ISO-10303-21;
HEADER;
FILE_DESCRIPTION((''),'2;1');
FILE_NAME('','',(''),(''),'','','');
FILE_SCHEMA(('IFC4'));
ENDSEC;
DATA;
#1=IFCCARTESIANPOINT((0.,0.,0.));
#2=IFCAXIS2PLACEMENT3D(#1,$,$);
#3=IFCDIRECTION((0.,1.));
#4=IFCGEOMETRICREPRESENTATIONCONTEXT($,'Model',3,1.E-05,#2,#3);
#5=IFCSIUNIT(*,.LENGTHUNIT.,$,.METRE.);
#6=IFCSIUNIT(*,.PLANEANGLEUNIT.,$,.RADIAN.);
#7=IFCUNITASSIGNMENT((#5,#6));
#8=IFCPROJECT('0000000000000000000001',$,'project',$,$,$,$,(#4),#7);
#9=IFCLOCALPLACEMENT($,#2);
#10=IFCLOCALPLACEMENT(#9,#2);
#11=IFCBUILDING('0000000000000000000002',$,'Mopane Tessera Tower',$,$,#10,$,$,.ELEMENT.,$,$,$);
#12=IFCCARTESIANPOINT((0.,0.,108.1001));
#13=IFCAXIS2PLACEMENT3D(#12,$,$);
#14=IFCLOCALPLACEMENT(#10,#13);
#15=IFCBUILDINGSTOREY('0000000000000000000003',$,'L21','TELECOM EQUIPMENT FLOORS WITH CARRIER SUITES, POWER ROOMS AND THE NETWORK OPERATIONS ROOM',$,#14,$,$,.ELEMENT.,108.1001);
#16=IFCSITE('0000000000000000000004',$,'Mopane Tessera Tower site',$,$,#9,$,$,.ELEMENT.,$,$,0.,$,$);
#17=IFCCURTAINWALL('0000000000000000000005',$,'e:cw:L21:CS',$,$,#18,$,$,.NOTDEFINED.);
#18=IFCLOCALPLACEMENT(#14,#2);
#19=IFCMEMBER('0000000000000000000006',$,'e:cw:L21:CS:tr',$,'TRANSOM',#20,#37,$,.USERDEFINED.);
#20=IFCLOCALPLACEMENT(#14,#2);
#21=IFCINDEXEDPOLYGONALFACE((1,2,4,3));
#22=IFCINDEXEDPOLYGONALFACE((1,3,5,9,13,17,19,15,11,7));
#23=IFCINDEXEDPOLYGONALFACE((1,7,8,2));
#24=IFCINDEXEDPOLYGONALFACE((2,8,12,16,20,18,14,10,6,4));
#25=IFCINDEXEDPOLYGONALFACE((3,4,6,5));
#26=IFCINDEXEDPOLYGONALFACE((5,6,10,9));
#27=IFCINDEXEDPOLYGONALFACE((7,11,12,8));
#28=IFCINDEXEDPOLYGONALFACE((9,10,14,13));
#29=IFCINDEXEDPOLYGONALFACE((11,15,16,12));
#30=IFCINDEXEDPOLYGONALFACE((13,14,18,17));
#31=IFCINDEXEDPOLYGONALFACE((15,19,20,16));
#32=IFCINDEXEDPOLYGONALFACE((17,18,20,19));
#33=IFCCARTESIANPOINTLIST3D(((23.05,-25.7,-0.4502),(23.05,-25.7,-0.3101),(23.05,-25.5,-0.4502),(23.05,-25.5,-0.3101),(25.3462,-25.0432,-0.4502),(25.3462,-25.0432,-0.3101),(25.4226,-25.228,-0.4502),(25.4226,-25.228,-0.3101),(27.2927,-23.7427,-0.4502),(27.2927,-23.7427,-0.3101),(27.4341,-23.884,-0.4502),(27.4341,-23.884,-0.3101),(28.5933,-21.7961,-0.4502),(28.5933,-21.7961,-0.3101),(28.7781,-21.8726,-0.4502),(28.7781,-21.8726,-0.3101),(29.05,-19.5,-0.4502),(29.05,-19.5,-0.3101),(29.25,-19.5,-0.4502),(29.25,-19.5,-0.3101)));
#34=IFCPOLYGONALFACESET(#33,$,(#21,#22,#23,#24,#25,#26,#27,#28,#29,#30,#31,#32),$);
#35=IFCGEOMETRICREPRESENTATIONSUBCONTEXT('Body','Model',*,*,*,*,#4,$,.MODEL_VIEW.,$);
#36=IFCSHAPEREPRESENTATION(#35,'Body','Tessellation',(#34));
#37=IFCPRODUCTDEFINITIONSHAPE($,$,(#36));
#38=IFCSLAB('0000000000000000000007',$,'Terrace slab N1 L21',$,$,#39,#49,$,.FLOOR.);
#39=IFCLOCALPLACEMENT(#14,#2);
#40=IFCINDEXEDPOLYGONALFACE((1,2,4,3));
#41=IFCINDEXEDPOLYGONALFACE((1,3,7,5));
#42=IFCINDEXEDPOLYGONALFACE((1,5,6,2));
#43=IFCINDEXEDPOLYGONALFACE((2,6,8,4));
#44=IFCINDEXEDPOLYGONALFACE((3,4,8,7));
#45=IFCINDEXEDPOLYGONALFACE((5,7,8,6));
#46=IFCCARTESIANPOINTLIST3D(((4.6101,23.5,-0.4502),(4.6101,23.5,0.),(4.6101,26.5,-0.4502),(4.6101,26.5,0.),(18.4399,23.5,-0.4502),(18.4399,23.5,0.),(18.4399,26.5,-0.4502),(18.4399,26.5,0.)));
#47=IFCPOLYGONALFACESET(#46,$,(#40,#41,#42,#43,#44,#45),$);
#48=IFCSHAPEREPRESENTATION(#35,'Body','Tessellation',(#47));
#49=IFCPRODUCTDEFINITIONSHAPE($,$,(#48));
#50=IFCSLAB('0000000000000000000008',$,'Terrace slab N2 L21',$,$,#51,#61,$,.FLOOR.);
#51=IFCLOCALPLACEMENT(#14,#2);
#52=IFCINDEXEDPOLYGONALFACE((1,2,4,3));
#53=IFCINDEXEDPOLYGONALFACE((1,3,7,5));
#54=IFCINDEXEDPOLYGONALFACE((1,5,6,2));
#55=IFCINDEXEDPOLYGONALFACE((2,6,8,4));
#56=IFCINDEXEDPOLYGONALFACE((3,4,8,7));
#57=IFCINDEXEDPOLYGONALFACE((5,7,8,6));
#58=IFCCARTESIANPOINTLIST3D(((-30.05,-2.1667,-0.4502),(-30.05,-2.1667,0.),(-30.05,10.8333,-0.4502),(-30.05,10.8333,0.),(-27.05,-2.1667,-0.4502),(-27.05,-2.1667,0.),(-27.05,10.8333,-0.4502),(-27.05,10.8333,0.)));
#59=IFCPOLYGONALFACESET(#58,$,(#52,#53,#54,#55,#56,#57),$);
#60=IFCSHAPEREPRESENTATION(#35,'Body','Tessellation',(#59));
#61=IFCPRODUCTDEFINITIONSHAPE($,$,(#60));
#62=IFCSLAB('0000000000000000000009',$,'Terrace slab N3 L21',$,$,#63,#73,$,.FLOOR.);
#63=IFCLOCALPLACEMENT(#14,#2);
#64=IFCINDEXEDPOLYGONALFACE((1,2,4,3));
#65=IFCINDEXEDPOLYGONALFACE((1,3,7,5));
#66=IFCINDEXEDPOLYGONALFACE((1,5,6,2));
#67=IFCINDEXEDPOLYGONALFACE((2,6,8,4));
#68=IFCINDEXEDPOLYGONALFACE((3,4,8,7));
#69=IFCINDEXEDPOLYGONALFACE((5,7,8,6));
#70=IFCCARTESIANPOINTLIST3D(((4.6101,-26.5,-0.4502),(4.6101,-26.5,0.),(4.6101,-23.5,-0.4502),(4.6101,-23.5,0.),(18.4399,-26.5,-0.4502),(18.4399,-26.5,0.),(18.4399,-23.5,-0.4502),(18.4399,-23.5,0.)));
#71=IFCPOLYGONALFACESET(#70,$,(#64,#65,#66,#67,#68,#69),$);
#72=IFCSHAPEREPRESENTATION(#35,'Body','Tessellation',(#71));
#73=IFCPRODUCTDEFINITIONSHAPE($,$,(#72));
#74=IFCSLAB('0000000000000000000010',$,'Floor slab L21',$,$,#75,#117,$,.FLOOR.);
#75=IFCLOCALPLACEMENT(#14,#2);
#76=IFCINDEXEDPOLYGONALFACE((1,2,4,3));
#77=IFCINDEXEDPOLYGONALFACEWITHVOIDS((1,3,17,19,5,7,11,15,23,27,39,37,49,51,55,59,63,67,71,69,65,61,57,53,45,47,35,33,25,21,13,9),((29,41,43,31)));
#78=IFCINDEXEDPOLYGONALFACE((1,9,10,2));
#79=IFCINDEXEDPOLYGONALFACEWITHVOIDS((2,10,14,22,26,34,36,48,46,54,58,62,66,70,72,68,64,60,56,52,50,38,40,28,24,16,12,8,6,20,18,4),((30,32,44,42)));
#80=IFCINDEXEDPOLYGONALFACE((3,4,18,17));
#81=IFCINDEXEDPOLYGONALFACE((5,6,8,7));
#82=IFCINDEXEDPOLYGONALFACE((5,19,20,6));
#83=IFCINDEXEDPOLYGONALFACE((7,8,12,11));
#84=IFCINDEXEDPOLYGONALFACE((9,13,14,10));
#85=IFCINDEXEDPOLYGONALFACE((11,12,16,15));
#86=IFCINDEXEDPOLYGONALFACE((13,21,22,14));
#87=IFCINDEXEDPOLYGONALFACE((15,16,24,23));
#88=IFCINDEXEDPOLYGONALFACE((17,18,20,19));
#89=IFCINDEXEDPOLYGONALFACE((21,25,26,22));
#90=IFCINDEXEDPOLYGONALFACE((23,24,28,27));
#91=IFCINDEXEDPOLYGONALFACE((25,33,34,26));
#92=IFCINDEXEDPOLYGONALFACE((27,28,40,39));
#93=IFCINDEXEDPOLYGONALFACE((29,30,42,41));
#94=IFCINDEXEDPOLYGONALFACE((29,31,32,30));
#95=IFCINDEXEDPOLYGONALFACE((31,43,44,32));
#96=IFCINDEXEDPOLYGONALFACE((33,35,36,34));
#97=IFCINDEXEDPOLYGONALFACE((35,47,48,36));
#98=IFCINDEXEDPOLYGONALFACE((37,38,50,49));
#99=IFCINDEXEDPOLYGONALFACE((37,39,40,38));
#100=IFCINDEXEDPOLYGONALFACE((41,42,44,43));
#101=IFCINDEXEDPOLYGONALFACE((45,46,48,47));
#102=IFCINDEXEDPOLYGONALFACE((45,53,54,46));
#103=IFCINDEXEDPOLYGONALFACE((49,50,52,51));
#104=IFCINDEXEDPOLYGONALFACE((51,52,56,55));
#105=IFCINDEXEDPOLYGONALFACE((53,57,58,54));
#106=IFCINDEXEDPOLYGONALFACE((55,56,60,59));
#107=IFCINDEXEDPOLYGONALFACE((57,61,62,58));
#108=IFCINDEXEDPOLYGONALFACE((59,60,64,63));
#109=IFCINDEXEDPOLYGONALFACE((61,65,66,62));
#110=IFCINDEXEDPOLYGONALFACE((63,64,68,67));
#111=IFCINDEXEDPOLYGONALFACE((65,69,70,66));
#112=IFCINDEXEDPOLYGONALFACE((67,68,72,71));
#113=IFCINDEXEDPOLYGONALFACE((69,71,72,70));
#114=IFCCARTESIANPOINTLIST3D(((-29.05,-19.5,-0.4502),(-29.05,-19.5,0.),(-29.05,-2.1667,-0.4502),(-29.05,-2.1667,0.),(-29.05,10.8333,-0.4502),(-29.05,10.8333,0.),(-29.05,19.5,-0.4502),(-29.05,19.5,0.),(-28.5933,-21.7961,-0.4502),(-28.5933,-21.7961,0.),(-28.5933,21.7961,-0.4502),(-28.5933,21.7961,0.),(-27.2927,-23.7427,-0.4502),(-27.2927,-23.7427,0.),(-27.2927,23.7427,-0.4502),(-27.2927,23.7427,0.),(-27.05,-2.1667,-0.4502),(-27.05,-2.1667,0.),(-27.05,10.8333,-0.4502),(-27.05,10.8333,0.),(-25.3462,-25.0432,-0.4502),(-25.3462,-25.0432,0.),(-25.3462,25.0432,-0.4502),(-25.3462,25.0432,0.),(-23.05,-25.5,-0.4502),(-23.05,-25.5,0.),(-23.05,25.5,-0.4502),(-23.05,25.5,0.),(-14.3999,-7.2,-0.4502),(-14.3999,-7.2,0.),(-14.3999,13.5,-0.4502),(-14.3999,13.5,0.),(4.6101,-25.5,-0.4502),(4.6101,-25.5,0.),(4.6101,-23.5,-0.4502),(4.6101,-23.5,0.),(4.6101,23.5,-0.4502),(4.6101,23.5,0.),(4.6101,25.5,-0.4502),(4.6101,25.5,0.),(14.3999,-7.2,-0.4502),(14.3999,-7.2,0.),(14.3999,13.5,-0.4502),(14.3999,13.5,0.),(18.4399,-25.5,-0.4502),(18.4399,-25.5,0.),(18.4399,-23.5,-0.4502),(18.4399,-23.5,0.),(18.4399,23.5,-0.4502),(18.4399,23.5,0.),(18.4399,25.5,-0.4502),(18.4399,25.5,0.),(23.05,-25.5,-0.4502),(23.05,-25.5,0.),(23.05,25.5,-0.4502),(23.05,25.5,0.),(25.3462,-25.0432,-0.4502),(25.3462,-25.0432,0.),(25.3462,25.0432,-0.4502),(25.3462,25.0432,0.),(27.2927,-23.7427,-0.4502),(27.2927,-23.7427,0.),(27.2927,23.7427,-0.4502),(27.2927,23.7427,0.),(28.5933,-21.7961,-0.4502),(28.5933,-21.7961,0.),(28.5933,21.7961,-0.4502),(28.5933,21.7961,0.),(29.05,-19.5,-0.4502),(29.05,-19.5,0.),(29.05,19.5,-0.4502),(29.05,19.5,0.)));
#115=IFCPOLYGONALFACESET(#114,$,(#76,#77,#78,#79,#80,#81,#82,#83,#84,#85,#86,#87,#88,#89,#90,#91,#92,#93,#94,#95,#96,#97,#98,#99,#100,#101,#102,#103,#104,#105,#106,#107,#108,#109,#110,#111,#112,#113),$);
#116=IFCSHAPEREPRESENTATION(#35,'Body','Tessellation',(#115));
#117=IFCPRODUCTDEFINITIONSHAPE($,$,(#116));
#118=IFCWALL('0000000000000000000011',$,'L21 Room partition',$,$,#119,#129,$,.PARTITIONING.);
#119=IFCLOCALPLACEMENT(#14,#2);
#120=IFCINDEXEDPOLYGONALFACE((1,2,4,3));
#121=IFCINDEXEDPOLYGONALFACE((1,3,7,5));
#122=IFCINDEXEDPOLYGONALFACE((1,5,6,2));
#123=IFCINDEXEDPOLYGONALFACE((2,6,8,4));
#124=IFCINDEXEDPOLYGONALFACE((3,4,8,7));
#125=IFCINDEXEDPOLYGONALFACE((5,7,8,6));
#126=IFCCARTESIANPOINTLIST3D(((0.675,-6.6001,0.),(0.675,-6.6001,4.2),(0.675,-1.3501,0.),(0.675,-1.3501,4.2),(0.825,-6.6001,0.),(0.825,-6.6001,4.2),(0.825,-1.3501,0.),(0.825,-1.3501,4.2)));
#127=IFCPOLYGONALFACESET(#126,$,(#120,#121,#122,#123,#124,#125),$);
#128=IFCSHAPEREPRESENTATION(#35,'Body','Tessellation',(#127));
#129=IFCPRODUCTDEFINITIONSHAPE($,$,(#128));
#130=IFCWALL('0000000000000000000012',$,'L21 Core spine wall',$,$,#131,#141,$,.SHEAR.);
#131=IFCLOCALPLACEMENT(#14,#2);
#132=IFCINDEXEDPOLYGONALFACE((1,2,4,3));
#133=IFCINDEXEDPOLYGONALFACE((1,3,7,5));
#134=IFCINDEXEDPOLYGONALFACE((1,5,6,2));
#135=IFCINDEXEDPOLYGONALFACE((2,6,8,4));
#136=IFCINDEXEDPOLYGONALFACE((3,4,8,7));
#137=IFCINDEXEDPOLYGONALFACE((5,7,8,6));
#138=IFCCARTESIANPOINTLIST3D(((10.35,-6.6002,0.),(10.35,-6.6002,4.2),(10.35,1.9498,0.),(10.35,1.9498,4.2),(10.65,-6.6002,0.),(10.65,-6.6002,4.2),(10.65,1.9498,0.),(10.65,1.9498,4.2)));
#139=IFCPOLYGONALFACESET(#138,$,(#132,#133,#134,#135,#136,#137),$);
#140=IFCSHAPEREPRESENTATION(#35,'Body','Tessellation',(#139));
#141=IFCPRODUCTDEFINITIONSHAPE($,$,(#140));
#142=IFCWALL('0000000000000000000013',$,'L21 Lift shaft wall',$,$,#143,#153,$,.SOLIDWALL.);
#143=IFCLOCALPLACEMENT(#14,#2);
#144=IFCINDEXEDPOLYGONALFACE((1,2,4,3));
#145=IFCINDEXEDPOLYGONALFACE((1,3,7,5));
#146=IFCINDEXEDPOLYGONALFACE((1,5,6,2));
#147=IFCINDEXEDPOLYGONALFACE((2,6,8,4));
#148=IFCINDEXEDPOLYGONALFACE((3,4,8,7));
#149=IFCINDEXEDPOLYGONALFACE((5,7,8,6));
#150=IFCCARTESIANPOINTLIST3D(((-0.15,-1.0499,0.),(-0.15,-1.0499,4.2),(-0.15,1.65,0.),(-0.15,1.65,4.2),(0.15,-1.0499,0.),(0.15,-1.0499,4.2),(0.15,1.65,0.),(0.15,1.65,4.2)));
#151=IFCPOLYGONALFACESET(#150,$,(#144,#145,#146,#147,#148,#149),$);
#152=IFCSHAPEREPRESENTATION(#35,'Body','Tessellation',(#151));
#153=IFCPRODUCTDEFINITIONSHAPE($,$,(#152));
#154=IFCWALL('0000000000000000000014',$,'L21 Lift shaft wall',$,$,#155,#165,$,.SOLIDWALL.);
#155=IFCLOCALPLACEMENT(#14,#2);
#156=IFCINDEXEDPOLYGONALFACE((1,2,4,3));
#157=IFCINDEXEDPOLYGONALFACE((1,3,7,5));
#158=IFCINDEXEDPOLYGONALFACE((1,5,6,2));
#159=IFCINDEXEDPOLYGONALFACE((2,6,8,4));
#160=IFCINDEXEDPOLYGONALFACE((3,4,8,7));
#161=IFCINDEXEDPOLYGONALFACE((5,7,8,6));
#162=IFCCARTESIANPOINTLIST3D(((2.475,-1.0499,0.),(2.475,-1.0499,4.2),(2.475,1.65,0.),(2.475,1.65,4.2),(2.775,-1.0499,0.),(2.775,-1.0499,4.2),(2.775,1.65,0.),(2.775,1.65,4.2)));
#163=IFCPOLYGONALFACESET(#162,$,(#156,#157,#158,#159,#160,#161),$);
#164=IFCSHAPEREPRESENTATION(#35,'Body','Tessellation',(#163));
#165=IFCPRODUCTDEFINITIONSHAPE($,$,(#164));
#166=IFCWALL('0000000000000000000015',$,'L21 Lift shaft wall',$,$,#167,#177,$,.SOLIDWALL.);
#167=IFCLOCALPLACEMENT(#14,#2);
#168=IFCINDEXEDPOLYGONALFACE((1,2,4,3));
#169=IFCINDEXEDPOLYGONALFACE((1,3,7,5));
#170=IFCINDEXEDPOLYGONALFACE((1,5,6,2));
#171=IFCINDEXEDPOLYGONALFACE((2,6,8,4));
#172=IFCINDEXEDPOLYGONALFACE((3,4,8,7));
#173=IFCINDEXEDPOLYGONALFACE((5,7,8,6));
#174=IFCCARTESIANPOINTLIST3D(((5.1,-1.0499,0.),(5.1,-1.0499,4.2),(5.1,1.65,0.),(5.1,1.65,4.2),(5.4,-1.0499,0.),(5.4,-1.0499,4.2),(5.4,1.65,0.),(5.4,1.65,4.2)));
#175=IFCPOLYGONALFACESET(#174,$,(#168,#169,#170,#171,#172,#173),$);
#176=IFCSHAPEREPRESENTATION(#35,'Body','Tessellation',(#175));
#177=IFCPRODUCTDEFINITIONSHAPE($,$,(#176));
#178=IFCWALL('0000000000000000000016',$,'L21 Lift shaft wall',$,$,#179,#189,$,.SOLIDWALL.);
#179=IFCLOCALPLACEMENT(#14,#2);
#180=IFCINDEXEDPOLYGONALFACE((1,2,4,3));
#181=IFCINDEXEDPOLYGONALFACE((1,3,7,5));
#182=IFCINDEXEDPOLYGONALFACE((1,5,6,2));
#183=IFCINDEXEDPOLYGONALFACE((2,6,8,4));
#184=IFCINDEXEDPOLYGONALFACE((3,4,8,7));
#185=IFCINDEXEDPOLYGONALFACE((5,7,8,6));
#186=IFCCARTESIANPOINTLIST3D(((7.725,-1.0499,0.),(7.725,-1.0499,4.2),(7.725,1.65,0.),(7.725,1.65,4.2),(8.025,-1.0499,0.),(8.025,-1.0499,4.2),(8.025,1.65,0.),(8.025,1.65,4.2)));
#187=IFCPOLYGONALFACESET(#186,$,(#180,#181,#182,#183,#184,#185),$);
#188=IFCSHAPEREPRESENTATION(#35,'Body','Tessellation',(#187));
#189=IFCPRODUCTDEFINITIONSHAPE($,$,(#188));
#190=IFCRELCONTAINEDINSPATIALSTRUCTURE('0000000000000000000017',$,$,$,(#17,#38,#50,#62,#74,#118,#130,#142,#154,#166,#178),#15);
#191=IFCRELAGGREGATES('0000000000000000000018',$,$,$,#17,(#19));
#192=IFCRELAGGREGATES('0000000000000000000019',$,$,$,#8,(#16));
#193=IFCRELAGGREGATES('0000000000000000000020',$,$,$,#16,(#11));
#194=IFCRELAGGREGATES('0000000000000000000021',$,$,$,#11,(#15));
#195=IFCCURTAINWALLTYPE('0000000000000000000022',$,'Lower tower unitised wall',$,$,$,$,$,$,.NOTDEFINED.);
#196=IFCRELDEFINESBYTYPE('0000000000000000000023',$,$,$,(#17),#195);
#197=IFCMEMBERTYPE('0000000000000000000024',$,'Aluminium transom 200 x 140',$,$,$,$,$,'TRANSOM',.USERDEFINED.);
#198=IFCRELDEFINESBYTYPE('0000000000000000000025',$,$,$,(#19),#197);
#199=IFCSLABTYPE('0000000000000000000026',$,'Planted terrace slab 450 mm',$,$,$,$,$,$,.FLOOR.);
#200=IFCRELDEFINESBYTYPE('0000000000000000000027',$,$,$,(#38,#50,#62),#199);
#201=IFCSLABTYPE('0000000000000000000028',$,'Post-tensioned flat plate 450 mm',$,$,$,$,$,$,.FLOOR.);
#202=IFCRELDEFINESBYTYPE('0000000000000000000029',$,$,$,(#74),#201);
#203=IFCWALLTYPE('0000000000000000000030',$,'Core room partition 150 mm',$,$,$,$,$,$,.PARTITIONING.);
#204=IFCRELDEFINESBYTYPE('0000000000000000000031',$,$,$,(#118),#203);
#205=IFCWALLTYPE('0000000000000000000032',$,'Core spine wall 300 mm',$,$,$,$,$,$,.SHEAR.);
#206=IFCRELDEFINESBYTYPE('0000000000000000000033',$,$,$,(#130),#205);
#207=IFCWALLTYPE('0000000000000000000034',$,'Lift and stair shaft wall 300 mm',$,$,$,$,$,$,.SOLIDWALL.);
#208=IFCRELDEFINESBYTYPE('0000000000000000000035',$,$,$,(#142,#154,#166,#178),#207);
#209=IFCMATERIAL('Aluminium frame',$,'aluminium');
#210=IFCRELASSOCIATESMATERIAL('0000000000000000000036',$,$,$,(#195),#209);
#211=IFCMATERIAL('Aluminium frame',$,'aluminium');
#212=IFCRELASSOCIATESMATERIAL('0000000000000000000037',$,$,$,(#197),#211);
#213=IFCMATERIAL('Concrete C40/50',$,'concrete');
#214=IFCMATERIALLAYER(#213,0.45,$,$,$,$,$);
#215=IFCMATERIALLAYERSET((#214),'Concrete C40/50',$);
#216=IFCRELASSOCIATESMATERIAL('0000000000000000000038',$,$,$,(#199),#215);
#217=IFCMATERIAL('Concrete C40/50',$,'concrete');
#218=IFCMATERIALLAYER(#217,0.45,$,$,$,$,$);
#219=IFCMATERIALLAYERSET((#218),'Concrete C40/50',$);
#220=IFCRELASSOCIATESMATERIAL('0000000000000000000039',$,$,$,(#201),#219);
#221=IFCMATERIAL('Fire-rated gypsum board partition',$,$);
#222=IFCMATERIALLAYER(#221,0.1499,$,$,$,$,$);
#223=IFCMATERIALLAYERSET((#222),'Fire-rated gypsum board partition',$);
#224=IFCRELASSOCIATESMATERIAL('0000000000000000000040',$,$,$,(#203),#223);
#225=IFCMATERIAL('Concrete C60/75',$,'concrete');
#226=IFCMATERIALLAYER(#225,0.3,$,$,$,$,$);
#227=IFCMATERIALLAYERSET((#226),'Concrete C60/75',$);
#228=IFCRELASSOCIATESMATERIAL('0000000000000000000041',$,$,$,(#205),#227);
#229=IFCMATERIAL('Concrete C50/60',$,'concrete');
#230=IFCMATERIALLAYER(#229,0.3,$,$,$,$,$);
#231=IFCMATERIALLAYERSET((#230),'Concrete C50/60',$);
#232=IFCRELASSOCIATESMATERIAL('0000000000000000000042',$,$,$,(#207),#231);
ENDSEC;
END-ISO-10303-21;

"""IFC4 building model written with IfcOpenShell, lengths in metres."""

from ifc_helpers import new_model, si_unit, direction, frame, frame_2d, origin, origin_2d, place, context, subcontext, project, spatial, polyline, rectangle, outline, extrude, material, layer, layer_set, material_profile, profile_set, type_object, element, aggregate, save


model = new_model("IFC4")

# Units and contexts
model_context = context("Model", 3, precision=1e-05, world=origin(), true_north=direction((0.0, 1.0)))
body_context = subcontext(model_context, "Body", "Model", "MODEL_VIEW")
ifc_project = project(units=[si_unit("LENGTHUNIT", "METRE"), si_unit("PLANEANGLEUNIT", "RADIAN")], contexts=[model_context])

# Site, building, storey
site_placement = place(None, origin())
site = spatial("IfcSite", under=ifc_project, at=site_placement, Name="Mopane Tessera Tower site", CompositionType="ELEMENT", RefElevation=0.0)
building_placement = place(site_placement, origin())
building = spatial("IfcBuilding", under=site, at=building_placement, Name="Mopane Tessera Tower", CompositionType="ELEMENT")
storey_placement = place(building_placement, frame((0.0, 0.0, 108.1001)))
storey = spatial("IfcBuildingStorey", under=building, at=storey_placement, Name="L21", Description="TELECOM EQUIPMENT FLOORS WITH CARRIER SUITES, POWER ROOMS AND THE NETWORK OPERATIONS ROOM", CompositionType="ELEMENT", Elevation=108.1001)

# Curtain wall, member
ifc_material_1 = material(Name="Aluminium frame", Category="aluminium")
curtain_wall_type = type_object("IfcCurtainWallType", Name="Lower tower unitised wall", PredefinedType="NOTDEFINED", material=ifc_material_1)
curtain_wall_placement = place(storey_placement, origin())
curtain_wall = element("IfcCurtainWall", 1, at=curtain_wall_placement, inside=storey, type_object=curtain_wall_type, Name="e:cw:L21:CS", PredefinedType="NOTDEFINED")
ifc_material_2 = material(Name="Aluminium frame", Category="aluminium")
ifc_material_profile = material_profile(ifc_material_2, rectangle(XDim=0.2, YDim=0.1399, at=origin_2d()))
ifc_profile_set = profile_set([ifc_material_profile], Name="Aluminium frame")
member_type = type_object("IfcMemberType", Name="Aluminium transom 200 x 140", ElementType="TRANSOM", PredefinedType="USERDEFINED", material=ifc_profile_set)
member_placement = place(storey_placement, frame((0.0, 0.0, -0.4502)))
member = element("IfcMember", 2, at=member_placement, type_object=member_type, Name="e:cw:L21:CS:tr", ObjectType="TRANSOM", PredefinedType="USERDEFINED", context=body_context, shape_type="SweptSolid", body=[
    extrude(outline(polyline([(23.05, -25.5), (25.3462, -25.0432), (27.2927, -23.7427), (28.5933, -21.7961), (29.05, -19.5), (29.25, -19.5), (28.7781, -21.8726), (27.4341, -23.884), (25.4226, -25.228), (23.05, -25.7), (23.05, -25.5)])), origin(), (0.0, 0.0, 1.0), 0.1401),
])
aggregate(curtain_wall, [member])

# Slabs
ifc_material_3 = material(Name="Concrete C40/50", Category="concrete")
ifc_layer_1 = layer(ifc_material_3, 0.45)
ifc_layer_set_1 = layer_set([ifc_layer_1], Name="Concrete C40/50")
slab_type_1 = type_object("IfcSlabType", Name="Planted terrace slab 450 mm", PredefinedType="FLOOR", material=ifc_layer_set_1)
slab_1_placement = place(storey_placement, frame((0.0, 0.0, -0.4502)))
element("IfcSlab", 3, at=slab_1_placement, inside=storey, type_object=slab_type_1, Name="Terrace slab N1 L21", PredefinedType="FLOOR", context=body_context, shape_type="SweptSolid", body=[
    extrude(outline(polyline([(4.6101, 26.5), (4.6101, 23.5), (18.4399, 23.5), (18.4399, 26.5), (4.6101, 26.5)])), origin(), (0.0, 0.0, 1.0), 0.4502),
])
slab_2_placement = place(storey_placement, frame((0.0, 0.0, -0.4502)))
element("IfcSlab", 4, at=slab_2_placement, inside=storey, type_object=slab_type_1, Name="Terrace slab N2 L21", PredefinedType="FLOOR", context=body_context, shape_type="SweptSolid", body=[
    extrude(outline(polyline([(-30.05, -2.1667), (-27.05, -2.1667), (-27.05, 10.8333), (-30.05, 10.8333), (-30.05, -2.1667)])), origin(), (0.0, 0.0, 1.0), 0.4502),
])
slab_3_placement = place(storey_placement, frame((0.0, 0.0, -0.4502)))
element("IfcSlab", 5, at=slab_3_placement, inside=storey, type_object=slab_type_1, Name="Terrace slab N3 L21", PredefinedType="FLOOR", context=body_context, shape_type="SweptSolid", body=[
    extrude(outline(polyline([(18.4399, -26.5), (18.4399, -23.5), (4.6101, -23.5), (4.6101, -26.5), (18.4399, -26.5)])), origin(), (0.0, 0.0, 1.0), 0.4502),
])
ifc_material_4 = material(Name="Concrete C40/50", Category="concrete")
ifc_layer_2 = layer(ifc_material_4, 0.45)
ifc_layer_set_2 = layer_set([ifc_layer_2], Name="Concrete C40/50")
slab_type_2 = type_object("IfcSlabType", Name="Post-tensioned flat plate 450 mm", PredefinedType="FLOOR", material=ifc_layer_set_2)
slab_4_placement = place(storey_placement, frame((0.0, 0.0, -0.4502)))
element("IfcSlab", 6, at=slab_4_placement, inside=storey, type_object=slab_type_2, Name="Floor slab L21", PredefinedType="FLOOR", context=body_context, shape_type="SweptSolid", body=[
    extrude(outline(polyline([(-23.05, -25.5), (4.6101, -25.5), (4.6101, -23.5), (18.4399, -23.5), (18.4399, -25.5), (23.05, -25.5), (25.3462, -25.0432), (27.2927, -23.7427), (28.5933, -21.7961), (29.05, -19.5), (29.05, 19.5), (28.5933, 21.7961), (27.2927, 23.7427), (25.3462, 25.0432), (23.05, 25.5), (18.4399, 25.5), (18.4399, 23.5), (4.6101, 23.5), (4.6101, 25.5), (-23.05, 25.5), (-25.3462, 25.0432), (-27.2927, 23.7427), (-28.5933, 21.7961), (-29.05, 19.5), (-29.05, 10.8333), (-27.05, 10.8333), (-27.05, -2.1667), (-29.05, -2.1667), (-29.05, -19.5), (-28.5933, -21.7961), (-27.2927, -23.7427), (-25.3462, -25.0432), (-23.05, -25.5)]), holes=[polyline([(14.3999, -7.2), (-14.3999, -7.2), (-14.3999, 13.5), (14.3999, 13.5), (14.3999, -7.2)])]), origin(), (0.0, 0.0, 1.0), 0.4502),
])

# Walls
ifc_material_5 = material(Name="Fire-rated gypsum board partition")
ifc_layer_3 = layer(ifc_material_5, 0.1499)
ifc_layer_set_3 = layer_set([ifc_layer_3], Name="Fire-rated gypsum board partition")
wall_type_1 = type_object("IfcWallType", Name="Core room partition 150 mm", PredefinedType="PARTITIONING", material=ifc_layer_set_3)
wall_1_placement = place(storey_placement, frame((0.75, -6.6001, 0.0), z_axis=(0.0, 0.0, 1.0), x_axis=(0.0, 1.0, 0.0)))
element("IfcWall", 7, at=wall_1_placement, inside=storey, type_object=wall_type_1, Name="L21 Room partition", PredefinedType="PARTITIONING", context=body_context, shape_type="SweptSolid", body=[
    extrude(rectangle(XDim=5.25, YDim=0.1499, at=frame_2d((2.625, 0.0))), origin(), (0.0, 0.0, 1.0), 4.2),
])
ifc_material_6 = material(Name="Concrete C60/75", Category="concrete")
ifc_layer_4 = layer(ifc_material_6, 0.3)
ifc_layer_set_4 = layer_set([ifc_layer_4], Name="Concrete C60/75")
wall_type_2 = type_object("IfcWallType", Name="Core spine wall 300 mm", PredefinedType="SHEAR", material=ifc_layer_set_4)
wall_2_placement = place(storey_placement, frame((10.5, -6.6001, 0.0), z_axis=(0.0, 0.0, 1.0), x_axis=(0.0, 1.0, 0.0)))
element("IfcWall", 8, at=wall_2_placement, inside=storey, type_object=wall_type_2, Name="L21 Core spine wall", PredefinedType="SHEAR", context=body_context, shape_type="SweptSolid", body=[
    extrude(rectangle(XDim=8.55, YDim=0.3, at=frame_2d((4.2749, 0.0))), origin(), (0.0, 0.0, 1.0), 4.2),
])
ifc_material_7 = material(Name="Concrete C50/60", Category="concrete")
ifc_layer_5 = layer(ifc_material_7, 0.3)
ifc_layer_set_5 = layer_set([ifc_layer_5], Name="Concrete C50/60")
wall_type_3 = type_object("IfcWallType", Name="Lift and stair shaft wall 300 mm", PredefinedType="SOLIDWALL", material=ifc_layer_set_5)
for number, where, z_axis, x_axis, name in (
    (9, (0.0, -1.05, 0.0), (0.0, 0.0, 1.0), (0.0, 1.0, 0.0), "L21 Lift shaft wall"),
    (10, (2.625, -1.05, 0.0), (0.0, 0.0, 1.0), (0.0, 1.0, 0.0), "L21 Lift shaft wall"),
    (11, (5.25, -1.05, 0.0), (0.0, 0.0, 1.0), (0.0, 1.0, 0.0), "L21 Lift shaft wall"),
    (12, (7.875, -1.05, 0.0), (0.0, 0.0, 1.0), (0.0, 1.0, 0.0), "L21 Lift shaft wall"),
):
    element("IfcWall", number, at=place(storey_placement, frame(where, z_axis=z_axis, x_axis=x_axis)), inside=storey, type_object=wall_type_3, Name=name, PredefinedType="SOLIDWALL", context=body_context, shape_type="SweptSolid", body=[
        extrude(rectangle(XDim=2.7, YDim=0.3, at=frame_2d((1.3501, 0.0))), origin(), (0.0, 0.0, 1.0), 4.2),
    ])

save(model, "model.ifc")
